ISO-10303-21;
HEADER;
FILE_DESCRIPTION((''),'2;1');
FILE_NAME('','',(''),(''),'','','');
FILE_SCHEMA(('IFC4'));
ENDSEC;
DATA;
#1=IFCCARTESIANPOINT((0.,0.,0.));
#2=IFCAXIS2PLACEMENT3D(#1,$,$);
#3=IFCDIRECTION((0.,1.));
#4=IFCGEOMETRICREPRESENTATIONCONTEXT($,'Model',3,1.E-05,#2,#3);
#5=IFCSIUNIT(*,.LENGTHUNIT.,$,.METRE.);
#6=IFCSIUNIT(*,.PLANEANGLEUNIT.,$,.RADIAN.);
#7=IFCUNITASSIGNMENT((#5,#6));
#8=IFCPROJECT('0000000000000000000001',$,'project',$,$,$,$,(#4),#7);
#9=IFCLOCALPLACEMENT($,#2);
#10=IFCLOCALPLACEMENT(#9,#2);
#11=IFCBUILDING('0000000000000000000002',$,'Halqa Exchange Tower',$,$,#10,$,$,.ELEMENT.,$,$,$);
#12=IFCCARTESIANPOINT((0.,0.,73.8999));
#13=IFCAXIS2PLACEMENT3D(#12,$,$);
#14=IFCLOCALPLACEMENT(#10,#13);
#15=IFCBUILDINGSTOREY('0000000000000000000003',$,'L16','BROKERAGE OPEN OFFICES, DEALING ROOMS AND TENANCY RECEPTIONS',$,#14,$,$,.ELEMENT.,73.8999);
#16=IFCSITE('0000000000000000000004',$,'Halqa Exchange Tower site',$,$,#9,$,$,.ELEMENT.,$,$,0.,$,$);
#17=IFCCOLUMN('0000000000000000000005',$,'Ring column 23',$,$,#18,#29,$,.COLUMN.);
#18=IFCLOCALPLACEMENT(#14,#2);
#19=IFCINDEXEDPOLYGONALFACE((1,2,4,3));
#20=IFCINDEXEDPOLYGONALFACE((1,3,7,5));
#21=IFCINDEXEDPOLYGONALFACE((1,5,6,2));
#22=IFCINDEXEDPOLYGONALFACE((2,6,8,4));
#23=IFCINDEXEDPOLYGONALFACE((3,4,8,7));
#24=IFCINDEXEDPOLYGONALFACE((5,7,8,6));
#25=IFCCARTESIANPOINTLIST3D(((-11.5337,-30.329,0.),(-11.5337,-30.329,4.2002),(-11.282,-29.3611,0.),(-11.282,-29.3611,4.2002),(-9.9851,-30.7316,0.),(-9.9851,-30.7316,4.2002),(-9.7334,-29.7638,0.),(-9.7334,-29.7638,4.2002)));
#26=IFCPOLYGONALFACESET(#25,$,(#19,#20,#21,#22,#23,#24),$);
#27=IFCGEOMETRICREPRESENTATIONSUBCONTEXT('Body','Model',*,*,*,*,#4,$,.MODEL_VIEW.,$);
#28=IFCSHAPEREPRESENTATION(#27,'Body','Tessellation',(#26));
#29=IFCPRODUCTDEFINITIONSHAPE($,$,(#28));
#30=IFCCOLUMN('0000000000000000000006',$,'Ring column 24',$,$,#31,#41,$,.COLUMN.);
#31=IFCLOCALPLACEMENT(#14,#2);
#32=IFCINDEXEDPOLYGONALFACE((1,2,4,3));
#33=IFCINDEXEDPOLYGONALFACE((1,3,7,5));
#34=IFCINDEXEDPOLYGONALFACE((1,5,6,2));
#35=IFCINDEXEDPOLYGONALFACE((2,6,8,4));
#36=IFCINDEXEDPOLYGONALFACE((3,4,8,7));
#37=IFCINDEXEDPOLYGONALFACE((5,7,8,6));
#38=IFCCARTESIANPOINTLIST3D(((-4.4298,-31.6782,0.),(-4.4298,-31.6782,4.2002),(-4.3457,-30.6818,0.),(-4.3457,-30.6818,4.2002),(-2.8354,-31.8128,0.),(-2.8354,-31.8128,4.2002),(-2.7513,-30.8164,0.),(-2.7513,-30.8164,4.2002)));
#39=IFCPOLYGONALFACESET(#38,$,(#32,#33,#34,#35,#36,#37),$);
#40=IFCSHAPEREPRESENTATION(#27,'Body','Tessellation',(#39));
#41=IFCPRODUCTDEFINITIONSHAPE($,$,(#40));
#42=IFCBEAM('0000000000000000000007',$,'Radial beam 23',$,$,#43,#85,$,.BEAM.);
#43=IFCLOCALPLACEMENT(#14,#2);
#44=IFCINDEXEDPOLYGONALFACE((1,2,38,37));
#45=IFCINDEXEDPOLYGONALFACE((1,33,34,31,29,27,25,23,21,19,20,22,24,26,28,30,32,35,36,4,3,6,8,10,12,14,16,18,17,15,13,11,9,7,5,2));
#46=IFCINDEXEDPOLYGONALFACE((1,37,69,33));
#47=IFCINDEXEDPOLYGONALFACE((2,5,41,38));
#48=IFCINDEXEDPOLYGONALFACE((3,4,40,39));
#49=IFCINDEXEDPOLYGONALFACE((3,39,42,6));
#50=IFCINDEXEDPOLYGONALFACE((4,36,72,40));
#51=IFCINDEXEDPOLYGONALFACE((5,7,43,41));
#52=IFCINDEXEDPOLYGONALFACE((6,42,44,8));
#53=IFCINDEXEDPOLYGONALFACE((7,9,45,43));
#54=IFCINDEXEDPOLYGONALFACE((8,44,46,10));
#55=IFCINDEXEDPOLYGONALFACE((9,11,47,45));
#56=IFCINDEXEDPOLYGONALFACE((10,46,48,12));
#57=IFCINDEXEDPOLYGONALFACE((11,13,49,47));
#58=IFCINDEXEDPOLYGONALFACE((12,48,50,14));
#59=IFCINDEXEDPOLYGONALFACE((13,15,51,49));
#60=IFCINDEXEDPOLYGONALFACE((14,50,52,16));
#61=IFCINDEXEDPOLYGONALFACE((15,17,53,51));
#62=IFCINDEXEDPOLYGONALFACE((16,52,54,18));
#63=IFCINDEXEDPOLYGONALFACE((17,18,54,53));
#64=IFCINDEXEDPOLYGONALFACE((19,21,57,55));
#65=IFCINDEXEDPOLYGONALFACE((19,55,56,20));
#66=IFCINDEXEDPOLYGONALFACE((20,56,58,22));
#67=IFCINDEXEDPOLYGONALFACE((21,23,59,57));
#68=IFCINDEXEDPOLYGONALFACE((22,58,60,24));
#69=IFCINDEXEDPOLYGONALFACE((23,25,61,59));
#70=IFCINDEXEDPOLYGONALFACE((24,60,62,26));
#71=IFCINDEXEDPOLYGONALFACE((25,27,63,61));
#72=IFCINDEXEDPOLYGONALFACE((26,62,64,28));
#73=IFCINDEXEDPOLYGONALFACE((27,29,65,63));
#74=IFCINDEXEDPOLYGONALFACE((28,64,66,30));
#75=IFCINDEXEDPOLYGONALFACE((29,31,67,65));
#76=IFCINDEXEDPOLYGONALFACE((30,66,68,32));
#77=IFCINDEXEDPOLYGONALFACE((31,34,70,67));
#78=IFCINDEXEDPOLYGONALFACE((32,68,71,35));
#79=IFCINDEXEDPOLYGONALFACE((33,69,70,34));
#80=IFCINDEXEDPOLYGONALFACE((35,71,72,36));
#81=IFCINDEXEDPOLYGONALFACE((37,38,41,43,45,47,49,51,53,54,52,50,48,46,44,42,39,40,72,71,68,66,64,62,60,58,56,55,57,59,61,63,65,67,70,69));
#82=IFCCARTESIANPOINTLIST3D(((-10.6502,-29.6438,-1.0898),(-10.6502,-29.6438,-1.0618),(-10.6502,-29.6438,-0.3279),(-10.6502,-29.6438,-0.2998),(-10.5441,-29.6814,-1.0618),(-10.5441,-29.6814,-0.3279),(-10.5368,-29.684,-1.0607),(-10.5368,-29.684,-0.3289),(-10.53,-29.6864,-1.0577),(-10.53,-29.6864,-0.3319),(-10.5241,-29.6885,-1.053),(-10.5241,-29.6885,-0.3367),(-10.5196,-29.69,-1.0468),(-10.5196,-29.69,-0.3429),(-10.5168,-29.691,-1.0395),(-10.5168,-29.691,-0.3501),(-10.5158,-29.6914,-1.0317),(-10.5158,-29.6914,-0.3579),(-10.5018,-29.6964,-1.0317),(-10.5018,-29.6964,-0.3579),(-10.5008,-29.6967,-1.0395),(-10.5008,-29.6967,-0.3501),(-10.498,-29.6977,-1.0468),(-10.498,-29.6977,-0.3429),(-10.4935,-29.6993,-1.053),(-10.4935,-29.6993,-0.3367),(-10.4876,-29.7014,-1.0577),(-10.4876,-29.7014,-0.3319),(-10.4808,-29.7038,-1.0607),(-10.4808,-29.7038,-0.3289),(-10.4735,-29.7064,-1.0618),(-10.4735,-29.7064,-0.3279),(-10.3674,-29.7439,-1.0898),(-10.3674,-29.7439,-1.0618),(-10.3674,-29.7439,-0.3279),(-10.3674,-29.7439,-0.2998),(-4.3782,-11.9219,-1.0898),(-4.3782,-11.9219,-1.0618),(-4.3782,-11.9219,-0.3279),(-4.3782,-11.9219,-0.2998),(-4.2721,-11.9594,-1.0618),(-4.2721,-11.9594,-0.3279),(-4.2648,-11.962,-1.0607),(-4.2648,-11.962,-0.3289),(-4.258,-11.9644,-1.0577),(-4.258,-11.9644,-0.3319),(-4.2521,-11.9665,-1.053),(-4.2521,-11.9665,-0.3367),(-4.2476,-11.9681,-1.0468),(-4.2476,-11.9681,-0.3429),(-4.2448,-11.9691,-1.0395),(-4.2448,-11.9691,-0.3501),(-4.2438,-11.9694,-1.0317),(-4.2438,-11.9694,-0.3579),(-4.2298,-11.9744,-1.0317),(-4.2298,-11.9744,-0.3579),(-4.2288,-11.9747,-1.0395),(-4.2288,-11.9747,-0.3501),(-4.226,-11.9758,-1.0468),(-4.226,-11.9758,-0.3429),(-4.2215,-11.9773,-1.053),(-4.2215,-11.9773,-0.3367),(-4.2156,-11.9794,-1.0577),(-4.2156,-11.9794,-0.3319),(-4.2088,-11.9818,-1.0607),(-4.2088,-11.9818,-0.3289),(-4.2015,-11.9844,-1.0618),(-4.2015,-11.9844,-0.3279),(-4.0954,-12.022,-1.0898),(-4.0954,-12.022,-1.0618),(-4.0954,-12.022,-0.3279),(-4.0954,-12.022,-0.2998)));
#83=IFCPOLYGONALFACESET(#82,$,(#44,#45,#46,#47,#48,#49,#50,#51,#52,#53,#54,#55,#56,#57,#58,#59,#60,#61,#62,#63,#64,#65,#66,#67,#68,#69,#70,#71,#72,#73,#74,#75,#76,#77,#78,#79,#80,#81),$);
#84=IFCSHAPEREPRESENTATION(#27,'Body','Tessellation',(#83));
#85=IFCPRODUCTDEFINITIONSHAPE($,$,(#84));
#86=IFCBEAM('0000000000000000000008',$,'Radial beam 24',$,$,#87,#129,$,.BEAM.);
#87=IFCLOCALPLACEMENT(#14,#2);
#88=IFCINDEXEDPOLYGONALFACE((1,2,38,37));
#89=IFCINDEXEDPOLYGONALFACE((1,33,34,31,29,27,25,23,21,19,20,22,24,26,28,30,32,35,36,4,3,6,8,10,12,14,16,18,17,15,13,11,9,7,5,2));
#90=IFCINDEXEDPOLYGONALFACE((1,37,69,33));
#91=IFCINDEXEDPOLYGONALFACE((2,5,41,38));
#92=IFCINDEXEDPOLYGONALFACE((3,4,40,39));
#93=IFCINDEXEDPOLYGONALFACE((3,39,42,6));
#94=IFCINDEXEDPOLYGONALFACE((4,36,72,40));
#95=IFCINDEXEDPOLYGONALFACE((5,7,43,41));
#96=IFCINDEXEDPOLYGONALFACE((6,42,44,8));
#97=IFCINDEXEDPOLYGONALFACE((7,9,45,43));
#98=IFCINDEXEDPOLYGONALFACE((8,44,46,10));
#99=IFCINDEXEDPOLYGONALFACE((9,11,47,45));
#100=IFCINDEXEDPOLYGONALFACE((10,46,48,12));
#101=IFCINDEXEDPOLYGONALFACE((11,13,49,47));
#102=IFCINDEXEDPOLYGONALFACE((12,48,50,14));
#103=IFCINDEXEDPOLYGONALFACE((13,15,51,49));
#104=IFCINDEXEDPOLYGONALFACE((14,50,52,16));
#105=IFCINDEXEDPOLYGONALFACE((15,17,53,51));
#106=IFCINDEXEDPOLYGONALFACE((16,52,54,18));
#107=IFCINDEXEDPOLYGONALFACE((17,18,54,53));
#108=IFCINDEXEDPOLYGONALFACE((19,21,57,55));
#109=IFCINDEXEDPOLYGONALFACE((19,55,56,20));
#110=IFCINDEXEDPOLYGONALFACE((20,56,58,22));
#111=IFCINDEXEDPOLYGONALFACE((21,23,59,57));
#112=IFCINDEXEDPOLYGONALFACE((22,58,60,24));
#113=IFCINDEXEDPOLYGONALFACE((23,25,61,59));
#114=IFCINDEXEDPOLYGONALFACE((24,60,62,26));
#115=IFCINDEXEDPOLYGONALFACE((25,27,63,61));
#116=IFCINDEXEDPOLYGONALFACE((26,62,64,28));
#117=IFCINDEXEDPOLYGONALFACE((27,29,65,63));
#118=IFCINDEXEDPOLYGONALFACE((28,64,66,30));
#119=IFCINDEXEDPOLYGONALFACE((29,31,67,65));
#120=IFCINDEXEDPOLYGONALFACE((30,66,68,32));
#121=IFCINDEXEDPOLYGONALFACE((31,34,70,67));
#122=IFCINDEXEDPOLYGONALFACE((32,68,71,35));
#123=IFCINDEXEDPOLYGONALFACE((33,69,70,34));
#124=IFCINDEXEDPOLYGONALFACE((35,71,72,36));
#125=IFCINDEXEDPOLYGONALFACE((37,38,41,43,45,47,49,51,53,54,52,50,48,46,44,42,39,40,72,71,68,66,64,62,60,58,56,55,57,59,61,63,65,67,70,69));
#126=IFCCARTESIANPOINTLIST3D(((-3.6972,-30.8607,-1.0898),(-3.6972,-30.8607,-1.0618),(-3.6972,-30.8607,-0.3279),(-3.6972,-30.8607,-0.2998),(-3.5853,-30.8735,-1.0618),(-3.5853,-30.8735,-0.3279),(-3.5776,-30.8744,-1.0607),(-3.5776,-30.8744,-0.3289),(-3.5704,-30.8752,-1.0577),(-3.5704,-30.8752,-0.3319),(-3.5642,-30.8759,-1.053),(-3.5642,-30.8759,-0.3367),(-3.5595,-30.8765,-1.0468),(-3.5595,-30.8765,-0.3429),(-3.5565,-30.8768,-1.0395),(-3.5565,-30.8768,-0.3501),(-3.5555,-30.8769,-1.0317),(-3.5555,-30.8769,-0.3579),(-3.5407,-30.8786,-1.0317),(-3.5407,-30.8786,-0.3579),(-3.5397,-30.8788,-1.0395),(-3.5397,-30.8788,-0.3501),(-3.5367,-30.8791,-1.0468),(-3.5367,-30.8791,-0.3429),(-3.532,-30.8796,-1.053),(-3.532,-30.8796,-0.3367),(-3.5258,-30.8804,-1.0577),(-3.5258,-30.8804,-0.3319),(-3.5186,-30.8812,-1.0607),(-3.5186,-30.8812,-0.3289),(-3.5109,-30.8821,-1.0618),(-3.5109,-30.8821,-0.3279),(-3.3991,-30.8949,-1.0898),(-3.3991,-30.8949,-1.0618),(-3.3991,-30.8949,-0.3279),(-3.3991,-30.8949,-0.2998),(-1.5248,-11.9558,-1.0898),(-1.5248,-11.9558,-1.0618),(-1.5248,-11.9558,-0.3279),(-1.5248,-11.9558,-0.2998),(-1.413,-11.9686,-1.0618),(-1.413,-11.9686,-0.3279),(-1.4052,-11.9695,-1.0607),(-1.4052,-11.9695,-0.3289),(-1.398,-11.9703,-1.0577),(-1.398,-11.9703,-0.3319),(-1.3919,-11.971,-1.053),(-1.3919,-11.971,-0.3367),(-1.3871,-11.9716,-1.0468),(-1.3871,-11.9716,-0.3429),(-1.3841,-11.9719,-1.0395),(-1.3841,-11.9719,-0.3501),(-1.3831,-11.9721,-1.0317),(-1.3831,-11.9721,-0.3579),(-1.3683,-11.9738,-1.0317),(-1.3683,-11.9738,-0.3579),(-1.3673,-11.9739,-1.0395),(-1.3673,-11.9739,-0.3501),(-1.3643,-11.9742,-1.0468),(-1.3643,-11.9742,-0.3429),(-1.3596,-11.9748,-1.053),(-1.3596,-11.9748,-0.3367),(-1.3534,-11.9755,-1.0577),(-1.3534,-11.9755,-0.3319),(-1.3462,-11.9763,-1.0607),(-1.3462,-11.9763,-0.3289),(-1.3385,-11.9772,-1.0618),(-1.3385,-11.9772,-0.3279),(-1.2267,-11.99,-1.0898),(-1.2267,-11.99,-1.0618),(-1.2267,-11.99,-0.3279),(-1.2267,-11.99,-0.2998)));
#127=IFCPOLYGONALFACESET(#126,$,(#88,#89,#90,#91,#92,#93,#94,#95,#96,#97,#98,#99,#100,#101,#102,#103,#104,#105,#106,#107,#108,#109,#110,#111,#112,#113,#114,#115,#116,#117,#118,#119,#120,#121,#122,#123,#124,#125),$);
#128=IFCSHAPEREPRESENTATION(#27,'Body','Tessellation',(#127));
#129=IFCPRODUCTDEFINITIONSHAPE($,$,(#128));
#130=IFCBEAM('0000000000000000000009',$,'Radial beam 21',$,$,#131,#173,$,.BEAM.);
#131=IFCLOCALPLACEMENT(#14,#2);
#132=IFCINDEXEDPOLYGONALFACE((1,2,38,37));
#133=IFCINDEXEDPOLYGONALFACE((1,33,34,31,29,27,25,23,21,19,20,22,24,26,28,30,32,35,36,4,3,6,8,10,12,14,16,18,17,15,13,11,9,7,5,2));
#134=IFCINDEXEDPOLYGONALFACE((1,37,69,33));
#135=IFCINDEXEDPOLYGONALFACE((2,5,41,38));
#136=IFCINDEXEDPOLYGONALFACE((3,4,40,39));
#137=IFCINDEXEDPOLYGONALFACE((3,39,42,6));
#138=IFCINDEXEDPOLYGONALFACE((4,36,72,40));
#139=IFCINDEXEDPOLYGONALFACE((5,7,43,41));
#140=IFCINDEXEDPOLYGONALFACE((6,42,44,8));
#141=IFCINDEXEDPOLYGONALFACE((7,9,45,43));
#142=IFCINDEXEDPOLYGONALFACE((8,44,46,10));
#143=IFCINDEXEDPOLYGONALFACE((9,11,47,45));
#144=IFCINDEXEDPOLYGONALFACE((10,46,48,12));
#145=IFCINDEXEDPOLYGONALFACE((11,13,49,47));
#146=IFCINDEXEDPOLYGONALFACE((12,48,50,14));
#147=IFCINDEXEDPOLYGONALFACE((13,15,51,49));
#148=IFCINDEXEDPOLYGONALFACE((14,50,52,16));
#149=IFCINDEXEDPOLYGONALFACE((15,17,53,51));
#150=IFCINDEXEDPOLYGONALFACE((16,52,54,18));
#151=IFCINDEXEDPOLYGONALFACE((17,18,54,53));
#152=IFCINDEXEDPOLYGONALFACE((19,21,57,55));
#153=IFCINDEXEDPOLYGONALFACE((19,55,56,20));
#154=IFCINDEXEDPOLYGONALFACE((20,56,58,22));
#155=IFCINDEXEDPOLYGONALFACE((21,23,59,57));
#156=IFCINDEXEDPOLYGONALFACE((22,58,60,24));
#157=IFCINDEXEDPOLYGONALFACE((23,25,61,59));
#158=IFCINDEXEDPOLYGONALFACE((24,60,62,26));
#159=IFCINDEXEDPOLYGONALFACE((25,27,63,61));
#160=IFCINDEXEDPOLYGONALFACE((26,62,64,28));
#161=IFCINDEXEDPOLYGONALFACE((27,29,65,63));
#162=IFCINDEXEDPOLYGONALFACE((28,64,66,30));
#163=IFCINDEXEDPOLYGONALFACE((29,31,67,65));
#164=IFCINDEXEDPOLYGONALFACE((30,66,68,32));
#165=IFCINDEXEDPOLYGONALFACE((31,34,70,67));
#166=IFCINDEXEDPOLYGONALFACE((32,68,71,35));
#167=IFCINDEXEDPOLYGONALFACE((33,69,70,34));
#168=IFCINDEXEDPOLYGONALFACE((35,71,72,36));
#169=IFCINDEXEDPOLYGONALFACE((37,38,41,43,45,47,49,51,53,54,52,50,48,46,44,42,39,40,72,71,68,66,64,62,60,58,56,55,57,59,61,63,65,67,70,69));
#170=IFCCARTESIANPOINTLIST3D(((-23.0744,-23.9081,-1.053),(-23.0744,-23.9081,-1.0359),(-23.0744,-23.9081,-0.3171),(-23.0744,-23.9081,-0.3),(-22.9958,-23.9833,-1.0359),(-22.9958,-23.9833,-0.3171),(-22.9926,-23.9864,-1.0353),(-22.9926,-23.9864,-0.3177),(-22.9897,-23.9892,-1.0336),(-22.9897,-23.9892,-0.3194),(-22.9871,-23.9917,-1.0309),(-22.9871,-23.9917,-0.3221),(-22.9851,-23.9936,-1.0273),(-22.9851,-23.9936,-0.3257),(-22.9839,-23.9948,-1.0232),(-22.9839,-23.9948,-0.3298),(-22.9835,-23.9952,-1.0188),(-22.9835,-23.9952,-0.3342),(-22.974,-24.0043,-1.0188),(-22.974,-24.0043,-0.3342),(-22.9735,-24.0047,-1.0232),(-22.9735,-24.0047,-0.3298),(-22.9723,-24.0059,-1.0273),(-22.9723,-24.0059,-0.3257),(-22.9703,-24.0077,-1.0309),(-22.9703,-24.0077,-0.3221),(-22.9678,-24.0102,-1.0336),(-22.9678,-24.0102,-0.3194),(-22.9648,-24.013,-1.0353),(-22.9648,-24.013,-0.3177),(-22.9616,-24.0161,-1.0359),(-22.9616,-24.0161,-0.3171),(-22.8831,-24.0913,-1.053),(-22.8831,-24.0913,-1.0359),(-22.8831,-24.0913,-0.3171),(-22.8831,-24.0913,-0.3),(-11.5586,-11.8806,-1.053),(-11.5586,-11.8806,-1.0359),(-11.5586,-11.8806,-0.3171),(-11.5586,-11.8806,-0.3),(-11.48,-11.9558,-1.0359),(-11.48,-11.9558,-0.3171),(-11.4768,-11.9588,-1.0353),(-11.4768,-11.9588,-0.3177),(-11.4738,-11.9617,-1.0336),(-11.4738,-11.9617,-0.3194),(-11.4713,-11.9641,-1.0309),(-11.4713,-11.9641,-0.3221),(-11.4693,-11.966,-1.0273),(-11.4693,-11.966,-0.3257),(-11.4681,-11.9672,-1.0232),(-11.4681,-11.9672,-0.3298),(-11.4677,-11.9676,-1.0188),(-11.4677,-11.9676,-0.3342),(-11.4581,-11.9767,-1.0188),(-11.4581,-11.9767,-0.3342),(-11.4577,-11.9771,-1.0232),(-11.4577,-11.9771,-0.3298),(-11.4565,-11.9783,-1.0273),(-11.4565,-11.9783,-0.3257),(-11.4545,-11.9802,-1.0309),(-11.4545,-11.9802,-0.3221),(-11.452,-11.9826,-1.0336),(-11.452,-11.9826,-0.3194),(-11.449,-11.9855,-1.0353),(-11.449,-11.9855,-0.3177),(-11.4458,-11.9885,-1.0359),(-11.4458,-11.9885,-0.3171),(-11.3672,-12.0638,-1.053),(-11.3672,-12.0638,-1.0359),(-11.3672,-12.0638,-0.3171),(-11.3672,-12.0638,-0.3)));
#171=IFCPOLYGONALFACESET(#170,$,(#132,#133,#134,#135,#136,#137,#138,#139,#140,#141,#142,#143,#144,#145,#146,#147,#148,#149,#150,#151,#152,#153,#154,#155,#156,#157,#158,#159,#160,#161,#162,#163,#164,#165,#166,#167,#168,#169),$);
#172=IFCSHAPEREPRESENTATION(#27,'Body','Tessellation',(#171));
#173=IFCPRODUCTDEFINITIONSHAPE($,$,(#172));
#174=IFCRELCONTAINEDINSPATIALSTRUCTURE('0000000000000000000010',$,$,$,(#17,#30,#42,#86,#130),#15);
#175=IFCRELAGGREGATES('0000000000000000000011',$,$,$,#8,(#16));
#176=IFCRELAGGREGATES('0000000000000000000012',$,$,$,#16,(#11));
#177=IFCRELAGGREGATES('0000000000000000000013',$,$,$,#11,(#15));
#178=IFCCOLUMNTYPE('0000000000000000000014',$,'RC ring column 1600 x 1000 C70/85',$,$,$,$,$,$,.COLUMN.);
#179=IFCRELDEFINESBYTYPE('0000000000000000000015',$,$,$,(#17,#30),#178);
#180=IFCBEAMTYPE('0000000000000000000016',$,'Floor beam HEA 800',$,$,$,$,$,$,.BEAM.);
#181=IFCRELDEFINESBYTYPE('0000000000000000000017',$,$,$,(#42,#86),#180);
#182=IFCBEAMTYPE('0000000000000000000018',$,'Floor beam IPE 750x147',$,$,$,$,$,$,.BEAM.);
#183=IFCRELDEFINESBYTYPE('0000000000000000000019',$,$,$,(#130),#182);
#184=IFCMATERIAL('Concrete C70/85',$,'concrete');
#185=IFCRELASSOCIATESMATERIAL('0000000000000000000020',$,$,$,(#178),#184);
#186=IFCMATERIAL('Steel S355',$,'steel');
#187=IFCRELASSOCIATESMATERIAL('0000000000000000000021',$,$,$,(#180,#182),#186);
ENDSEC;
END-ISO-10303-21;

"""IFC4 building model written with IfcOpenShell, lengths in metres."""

from ifc_helpers import new_model, si_unit, direction, frame, origin, origin_2d, place, context, subcontext, project, spatial, rectangle, i_section, extrude, material, material_profile, profile_set, type_object, element, save


model = new_model("IFC4")

# Units and contexts
model_context = context("Model", 3, precision=1e-05, world=origin(), true_north=direction((0.0, 1.0)))
body_context = subcontext(model_context, "Body", "Model", "MODEL_VIEW")
ifc_project = project(units=[si_unit("LENGTHUNIT", "METRE"), si_unit("PLANEANGLEUNIT", "RADIAN")], contexts=[model_context])

# Site, building, storey
site_placement = place(None, origin())
site = spatial("IfcSite", under=ifc_project, at=site_placement, Name="Halqa Exchange Tower site", CompositionType="ELEMENT", RefElevation=0.0)
building_placement = place(site_placement, origin())
building = spatial("IfcBuilding", under=site, at=building_placement, Name="Halqa Exchange Tower", CompositionType="ELEMENT")
storey_placement = place(building_placement, frame((0.0, 0.0, 73.8999)))
storey = spatial("IfcBuildingStorey", under=building, at=storey_placement, Name="L16", Description="BROKERAGE OPEN OFFICES, DEALING ROOMS AND TENANCY RECEPTIONS", CompositionType="ELEMENT", Elevation=73.8999)

# Columns
ifc_material_1 = material(Name="Concrete C70/85", Category="concrete")
ifc_material_profile_1 = material_profile(ifc_material_1, rectangle(XDim=1.6001, YDim=1.0, at=origin_2d()), Name="1600 x 1000")
ifc_profile_set_1 = profile_set([ifc_material_profile_1], Name="Concrete C70/85")
column_type = type_object("IfcColumnType", Name="RC ring column 1600 x 1000 C70/85", PredefinedType="COLUMN", material=ifc_profile_set_1)
for number, where, z_axis, x_axis, name in (
    (1, (-10.6335, -30.0464, 0.0), (0.0, 0.0, 1.0), (0.96782, -0.251644, 0.0), "Ring column 23"),
    (2, (-3.5906, -31.2473, 0.0), (0.0, 0.0, 1.0), (0.996456, -0.084121, 0.0), "Ring column 24"),
):
    element("IfcColumn", number, at=place(storey_placement, frame(where, z_axis=z_axis, x_axis=x_axis)), inside=storey, type_object=column_type, Name=name, PredefinedType="COLUMN", context=body_context, shape_type="SweptSolid", body=[
        extrude(rectangle(XDim=1.6001, YDim=1.0, at=origin_2d()), origin(), (0.0, 0.0, 1.0), 4.2002),
    ])

# Beams
ifc_material_2 = material(Name="Steel S355", Category="steel")
ifc_material_profile_2 = material_profile(ifc_material_2, i_section(OverallWidth=0.3, OverallDepth=0.79, WebThickness=0.0149, FlangeThickness=0.0281, FilletRadius=0.03, at=origin_2d()), Name="HEA 800")
ifc_profile_set_2 = profile_set([ifc_material_profile_2], Name="Steel S355")
beam_type_1 = type_object("IfcBeamType", Name="Floor beam HEA 800", PredefinedType="BEAM", material=ifc_profile_set_2)
beam_1_placement = place(storey_placement, frame((-4.2368, -11.9719, -0.6948), z_axis=(-0.333632, -0.942703, 0.0), x_axis=(0.942703, -0.333632, 0.0)))
element("IfcBeam", 3, at=beam_1_placement, inside=storey, type_object=beam_type_1, Name="Radial beam 23", PredefinedType="BEAM", context=body_context, shape_type="SweptSolid", body=[
    extrude(i_section(OverallWidth=0.3, OverallDepth=0.79, WebThickness=0.0149, FlangeThickness=0.0281, FilletRadius=0.03, at=origin_2d()), origin(), (0.0, 0.0, 1.0), 18.7991),
])
beam_2_placement = place(storey_placement, frame((-1.3757, -11.9729, -0.6948), z_axis=(-0.11416, -0.993462, 0.0), x_axis=(0.993462, -0.11416, 0.0)))
element("IfcBeam", 4, at=beam_2_placement, inside=storey, type_object=beam_type_1, Name="Radial beam 24", PredefinedType="BEAM", context=body_context, shape_type="SweptSolid", body=[
    extrude(i_section(OverallWidth=0.3, OverallDepth=0.79, WebThickness=0.0149, FlangeThickness=0.0281, FilletRadius=0.03, at=origin_2d()), origin(), (0.0, 0.0, 1.0), 19.0293),
])
ifc_material_profile_3 = material_profile(ifc_material_2, i_section(OverallWidth=0.2649, OverallDepth=0.7529, WebThickness=0.0132, FlangeThickness=0.0171, FilletRadius=0.0171, at=origin_2d()), Name="IPE 750x147")
ifc_profile_set_3 = profile_set([ifc_material_profile_3], Name="Steel S355")
beam_type_2 = type_object("IfcBeamType", Name="Floor beam IPE 750x147", PredefinedType="BEAM", material=ifc_profile_set_3)
beam_3_placement = place(storey_placement, frame((-11.4629, -11.9722, -0.6765), z_axis=(-0.691574, -0.722305, 0.0), x_axis=(0.722305, -0.691574, 0.0)))
element("IfcBeam", 5, at=beam_3_placement, inside=storey, type_object=beam_type_2, Name="Radial beam 21", PredefinedType="BEAM", context=body_context, shape_type="SweptSolid", body=[
    extrude(i_section(OverallWidth=0.2649, OverallDepth=0.7529, WebThickness=0.0132, FlangeThickness=0.0171, FilletRadius=0.0171, at=origin_2d()), origin(), (0.0, 0.0, 1.0), 16.6516),
])

save(model, "model.ifc")
